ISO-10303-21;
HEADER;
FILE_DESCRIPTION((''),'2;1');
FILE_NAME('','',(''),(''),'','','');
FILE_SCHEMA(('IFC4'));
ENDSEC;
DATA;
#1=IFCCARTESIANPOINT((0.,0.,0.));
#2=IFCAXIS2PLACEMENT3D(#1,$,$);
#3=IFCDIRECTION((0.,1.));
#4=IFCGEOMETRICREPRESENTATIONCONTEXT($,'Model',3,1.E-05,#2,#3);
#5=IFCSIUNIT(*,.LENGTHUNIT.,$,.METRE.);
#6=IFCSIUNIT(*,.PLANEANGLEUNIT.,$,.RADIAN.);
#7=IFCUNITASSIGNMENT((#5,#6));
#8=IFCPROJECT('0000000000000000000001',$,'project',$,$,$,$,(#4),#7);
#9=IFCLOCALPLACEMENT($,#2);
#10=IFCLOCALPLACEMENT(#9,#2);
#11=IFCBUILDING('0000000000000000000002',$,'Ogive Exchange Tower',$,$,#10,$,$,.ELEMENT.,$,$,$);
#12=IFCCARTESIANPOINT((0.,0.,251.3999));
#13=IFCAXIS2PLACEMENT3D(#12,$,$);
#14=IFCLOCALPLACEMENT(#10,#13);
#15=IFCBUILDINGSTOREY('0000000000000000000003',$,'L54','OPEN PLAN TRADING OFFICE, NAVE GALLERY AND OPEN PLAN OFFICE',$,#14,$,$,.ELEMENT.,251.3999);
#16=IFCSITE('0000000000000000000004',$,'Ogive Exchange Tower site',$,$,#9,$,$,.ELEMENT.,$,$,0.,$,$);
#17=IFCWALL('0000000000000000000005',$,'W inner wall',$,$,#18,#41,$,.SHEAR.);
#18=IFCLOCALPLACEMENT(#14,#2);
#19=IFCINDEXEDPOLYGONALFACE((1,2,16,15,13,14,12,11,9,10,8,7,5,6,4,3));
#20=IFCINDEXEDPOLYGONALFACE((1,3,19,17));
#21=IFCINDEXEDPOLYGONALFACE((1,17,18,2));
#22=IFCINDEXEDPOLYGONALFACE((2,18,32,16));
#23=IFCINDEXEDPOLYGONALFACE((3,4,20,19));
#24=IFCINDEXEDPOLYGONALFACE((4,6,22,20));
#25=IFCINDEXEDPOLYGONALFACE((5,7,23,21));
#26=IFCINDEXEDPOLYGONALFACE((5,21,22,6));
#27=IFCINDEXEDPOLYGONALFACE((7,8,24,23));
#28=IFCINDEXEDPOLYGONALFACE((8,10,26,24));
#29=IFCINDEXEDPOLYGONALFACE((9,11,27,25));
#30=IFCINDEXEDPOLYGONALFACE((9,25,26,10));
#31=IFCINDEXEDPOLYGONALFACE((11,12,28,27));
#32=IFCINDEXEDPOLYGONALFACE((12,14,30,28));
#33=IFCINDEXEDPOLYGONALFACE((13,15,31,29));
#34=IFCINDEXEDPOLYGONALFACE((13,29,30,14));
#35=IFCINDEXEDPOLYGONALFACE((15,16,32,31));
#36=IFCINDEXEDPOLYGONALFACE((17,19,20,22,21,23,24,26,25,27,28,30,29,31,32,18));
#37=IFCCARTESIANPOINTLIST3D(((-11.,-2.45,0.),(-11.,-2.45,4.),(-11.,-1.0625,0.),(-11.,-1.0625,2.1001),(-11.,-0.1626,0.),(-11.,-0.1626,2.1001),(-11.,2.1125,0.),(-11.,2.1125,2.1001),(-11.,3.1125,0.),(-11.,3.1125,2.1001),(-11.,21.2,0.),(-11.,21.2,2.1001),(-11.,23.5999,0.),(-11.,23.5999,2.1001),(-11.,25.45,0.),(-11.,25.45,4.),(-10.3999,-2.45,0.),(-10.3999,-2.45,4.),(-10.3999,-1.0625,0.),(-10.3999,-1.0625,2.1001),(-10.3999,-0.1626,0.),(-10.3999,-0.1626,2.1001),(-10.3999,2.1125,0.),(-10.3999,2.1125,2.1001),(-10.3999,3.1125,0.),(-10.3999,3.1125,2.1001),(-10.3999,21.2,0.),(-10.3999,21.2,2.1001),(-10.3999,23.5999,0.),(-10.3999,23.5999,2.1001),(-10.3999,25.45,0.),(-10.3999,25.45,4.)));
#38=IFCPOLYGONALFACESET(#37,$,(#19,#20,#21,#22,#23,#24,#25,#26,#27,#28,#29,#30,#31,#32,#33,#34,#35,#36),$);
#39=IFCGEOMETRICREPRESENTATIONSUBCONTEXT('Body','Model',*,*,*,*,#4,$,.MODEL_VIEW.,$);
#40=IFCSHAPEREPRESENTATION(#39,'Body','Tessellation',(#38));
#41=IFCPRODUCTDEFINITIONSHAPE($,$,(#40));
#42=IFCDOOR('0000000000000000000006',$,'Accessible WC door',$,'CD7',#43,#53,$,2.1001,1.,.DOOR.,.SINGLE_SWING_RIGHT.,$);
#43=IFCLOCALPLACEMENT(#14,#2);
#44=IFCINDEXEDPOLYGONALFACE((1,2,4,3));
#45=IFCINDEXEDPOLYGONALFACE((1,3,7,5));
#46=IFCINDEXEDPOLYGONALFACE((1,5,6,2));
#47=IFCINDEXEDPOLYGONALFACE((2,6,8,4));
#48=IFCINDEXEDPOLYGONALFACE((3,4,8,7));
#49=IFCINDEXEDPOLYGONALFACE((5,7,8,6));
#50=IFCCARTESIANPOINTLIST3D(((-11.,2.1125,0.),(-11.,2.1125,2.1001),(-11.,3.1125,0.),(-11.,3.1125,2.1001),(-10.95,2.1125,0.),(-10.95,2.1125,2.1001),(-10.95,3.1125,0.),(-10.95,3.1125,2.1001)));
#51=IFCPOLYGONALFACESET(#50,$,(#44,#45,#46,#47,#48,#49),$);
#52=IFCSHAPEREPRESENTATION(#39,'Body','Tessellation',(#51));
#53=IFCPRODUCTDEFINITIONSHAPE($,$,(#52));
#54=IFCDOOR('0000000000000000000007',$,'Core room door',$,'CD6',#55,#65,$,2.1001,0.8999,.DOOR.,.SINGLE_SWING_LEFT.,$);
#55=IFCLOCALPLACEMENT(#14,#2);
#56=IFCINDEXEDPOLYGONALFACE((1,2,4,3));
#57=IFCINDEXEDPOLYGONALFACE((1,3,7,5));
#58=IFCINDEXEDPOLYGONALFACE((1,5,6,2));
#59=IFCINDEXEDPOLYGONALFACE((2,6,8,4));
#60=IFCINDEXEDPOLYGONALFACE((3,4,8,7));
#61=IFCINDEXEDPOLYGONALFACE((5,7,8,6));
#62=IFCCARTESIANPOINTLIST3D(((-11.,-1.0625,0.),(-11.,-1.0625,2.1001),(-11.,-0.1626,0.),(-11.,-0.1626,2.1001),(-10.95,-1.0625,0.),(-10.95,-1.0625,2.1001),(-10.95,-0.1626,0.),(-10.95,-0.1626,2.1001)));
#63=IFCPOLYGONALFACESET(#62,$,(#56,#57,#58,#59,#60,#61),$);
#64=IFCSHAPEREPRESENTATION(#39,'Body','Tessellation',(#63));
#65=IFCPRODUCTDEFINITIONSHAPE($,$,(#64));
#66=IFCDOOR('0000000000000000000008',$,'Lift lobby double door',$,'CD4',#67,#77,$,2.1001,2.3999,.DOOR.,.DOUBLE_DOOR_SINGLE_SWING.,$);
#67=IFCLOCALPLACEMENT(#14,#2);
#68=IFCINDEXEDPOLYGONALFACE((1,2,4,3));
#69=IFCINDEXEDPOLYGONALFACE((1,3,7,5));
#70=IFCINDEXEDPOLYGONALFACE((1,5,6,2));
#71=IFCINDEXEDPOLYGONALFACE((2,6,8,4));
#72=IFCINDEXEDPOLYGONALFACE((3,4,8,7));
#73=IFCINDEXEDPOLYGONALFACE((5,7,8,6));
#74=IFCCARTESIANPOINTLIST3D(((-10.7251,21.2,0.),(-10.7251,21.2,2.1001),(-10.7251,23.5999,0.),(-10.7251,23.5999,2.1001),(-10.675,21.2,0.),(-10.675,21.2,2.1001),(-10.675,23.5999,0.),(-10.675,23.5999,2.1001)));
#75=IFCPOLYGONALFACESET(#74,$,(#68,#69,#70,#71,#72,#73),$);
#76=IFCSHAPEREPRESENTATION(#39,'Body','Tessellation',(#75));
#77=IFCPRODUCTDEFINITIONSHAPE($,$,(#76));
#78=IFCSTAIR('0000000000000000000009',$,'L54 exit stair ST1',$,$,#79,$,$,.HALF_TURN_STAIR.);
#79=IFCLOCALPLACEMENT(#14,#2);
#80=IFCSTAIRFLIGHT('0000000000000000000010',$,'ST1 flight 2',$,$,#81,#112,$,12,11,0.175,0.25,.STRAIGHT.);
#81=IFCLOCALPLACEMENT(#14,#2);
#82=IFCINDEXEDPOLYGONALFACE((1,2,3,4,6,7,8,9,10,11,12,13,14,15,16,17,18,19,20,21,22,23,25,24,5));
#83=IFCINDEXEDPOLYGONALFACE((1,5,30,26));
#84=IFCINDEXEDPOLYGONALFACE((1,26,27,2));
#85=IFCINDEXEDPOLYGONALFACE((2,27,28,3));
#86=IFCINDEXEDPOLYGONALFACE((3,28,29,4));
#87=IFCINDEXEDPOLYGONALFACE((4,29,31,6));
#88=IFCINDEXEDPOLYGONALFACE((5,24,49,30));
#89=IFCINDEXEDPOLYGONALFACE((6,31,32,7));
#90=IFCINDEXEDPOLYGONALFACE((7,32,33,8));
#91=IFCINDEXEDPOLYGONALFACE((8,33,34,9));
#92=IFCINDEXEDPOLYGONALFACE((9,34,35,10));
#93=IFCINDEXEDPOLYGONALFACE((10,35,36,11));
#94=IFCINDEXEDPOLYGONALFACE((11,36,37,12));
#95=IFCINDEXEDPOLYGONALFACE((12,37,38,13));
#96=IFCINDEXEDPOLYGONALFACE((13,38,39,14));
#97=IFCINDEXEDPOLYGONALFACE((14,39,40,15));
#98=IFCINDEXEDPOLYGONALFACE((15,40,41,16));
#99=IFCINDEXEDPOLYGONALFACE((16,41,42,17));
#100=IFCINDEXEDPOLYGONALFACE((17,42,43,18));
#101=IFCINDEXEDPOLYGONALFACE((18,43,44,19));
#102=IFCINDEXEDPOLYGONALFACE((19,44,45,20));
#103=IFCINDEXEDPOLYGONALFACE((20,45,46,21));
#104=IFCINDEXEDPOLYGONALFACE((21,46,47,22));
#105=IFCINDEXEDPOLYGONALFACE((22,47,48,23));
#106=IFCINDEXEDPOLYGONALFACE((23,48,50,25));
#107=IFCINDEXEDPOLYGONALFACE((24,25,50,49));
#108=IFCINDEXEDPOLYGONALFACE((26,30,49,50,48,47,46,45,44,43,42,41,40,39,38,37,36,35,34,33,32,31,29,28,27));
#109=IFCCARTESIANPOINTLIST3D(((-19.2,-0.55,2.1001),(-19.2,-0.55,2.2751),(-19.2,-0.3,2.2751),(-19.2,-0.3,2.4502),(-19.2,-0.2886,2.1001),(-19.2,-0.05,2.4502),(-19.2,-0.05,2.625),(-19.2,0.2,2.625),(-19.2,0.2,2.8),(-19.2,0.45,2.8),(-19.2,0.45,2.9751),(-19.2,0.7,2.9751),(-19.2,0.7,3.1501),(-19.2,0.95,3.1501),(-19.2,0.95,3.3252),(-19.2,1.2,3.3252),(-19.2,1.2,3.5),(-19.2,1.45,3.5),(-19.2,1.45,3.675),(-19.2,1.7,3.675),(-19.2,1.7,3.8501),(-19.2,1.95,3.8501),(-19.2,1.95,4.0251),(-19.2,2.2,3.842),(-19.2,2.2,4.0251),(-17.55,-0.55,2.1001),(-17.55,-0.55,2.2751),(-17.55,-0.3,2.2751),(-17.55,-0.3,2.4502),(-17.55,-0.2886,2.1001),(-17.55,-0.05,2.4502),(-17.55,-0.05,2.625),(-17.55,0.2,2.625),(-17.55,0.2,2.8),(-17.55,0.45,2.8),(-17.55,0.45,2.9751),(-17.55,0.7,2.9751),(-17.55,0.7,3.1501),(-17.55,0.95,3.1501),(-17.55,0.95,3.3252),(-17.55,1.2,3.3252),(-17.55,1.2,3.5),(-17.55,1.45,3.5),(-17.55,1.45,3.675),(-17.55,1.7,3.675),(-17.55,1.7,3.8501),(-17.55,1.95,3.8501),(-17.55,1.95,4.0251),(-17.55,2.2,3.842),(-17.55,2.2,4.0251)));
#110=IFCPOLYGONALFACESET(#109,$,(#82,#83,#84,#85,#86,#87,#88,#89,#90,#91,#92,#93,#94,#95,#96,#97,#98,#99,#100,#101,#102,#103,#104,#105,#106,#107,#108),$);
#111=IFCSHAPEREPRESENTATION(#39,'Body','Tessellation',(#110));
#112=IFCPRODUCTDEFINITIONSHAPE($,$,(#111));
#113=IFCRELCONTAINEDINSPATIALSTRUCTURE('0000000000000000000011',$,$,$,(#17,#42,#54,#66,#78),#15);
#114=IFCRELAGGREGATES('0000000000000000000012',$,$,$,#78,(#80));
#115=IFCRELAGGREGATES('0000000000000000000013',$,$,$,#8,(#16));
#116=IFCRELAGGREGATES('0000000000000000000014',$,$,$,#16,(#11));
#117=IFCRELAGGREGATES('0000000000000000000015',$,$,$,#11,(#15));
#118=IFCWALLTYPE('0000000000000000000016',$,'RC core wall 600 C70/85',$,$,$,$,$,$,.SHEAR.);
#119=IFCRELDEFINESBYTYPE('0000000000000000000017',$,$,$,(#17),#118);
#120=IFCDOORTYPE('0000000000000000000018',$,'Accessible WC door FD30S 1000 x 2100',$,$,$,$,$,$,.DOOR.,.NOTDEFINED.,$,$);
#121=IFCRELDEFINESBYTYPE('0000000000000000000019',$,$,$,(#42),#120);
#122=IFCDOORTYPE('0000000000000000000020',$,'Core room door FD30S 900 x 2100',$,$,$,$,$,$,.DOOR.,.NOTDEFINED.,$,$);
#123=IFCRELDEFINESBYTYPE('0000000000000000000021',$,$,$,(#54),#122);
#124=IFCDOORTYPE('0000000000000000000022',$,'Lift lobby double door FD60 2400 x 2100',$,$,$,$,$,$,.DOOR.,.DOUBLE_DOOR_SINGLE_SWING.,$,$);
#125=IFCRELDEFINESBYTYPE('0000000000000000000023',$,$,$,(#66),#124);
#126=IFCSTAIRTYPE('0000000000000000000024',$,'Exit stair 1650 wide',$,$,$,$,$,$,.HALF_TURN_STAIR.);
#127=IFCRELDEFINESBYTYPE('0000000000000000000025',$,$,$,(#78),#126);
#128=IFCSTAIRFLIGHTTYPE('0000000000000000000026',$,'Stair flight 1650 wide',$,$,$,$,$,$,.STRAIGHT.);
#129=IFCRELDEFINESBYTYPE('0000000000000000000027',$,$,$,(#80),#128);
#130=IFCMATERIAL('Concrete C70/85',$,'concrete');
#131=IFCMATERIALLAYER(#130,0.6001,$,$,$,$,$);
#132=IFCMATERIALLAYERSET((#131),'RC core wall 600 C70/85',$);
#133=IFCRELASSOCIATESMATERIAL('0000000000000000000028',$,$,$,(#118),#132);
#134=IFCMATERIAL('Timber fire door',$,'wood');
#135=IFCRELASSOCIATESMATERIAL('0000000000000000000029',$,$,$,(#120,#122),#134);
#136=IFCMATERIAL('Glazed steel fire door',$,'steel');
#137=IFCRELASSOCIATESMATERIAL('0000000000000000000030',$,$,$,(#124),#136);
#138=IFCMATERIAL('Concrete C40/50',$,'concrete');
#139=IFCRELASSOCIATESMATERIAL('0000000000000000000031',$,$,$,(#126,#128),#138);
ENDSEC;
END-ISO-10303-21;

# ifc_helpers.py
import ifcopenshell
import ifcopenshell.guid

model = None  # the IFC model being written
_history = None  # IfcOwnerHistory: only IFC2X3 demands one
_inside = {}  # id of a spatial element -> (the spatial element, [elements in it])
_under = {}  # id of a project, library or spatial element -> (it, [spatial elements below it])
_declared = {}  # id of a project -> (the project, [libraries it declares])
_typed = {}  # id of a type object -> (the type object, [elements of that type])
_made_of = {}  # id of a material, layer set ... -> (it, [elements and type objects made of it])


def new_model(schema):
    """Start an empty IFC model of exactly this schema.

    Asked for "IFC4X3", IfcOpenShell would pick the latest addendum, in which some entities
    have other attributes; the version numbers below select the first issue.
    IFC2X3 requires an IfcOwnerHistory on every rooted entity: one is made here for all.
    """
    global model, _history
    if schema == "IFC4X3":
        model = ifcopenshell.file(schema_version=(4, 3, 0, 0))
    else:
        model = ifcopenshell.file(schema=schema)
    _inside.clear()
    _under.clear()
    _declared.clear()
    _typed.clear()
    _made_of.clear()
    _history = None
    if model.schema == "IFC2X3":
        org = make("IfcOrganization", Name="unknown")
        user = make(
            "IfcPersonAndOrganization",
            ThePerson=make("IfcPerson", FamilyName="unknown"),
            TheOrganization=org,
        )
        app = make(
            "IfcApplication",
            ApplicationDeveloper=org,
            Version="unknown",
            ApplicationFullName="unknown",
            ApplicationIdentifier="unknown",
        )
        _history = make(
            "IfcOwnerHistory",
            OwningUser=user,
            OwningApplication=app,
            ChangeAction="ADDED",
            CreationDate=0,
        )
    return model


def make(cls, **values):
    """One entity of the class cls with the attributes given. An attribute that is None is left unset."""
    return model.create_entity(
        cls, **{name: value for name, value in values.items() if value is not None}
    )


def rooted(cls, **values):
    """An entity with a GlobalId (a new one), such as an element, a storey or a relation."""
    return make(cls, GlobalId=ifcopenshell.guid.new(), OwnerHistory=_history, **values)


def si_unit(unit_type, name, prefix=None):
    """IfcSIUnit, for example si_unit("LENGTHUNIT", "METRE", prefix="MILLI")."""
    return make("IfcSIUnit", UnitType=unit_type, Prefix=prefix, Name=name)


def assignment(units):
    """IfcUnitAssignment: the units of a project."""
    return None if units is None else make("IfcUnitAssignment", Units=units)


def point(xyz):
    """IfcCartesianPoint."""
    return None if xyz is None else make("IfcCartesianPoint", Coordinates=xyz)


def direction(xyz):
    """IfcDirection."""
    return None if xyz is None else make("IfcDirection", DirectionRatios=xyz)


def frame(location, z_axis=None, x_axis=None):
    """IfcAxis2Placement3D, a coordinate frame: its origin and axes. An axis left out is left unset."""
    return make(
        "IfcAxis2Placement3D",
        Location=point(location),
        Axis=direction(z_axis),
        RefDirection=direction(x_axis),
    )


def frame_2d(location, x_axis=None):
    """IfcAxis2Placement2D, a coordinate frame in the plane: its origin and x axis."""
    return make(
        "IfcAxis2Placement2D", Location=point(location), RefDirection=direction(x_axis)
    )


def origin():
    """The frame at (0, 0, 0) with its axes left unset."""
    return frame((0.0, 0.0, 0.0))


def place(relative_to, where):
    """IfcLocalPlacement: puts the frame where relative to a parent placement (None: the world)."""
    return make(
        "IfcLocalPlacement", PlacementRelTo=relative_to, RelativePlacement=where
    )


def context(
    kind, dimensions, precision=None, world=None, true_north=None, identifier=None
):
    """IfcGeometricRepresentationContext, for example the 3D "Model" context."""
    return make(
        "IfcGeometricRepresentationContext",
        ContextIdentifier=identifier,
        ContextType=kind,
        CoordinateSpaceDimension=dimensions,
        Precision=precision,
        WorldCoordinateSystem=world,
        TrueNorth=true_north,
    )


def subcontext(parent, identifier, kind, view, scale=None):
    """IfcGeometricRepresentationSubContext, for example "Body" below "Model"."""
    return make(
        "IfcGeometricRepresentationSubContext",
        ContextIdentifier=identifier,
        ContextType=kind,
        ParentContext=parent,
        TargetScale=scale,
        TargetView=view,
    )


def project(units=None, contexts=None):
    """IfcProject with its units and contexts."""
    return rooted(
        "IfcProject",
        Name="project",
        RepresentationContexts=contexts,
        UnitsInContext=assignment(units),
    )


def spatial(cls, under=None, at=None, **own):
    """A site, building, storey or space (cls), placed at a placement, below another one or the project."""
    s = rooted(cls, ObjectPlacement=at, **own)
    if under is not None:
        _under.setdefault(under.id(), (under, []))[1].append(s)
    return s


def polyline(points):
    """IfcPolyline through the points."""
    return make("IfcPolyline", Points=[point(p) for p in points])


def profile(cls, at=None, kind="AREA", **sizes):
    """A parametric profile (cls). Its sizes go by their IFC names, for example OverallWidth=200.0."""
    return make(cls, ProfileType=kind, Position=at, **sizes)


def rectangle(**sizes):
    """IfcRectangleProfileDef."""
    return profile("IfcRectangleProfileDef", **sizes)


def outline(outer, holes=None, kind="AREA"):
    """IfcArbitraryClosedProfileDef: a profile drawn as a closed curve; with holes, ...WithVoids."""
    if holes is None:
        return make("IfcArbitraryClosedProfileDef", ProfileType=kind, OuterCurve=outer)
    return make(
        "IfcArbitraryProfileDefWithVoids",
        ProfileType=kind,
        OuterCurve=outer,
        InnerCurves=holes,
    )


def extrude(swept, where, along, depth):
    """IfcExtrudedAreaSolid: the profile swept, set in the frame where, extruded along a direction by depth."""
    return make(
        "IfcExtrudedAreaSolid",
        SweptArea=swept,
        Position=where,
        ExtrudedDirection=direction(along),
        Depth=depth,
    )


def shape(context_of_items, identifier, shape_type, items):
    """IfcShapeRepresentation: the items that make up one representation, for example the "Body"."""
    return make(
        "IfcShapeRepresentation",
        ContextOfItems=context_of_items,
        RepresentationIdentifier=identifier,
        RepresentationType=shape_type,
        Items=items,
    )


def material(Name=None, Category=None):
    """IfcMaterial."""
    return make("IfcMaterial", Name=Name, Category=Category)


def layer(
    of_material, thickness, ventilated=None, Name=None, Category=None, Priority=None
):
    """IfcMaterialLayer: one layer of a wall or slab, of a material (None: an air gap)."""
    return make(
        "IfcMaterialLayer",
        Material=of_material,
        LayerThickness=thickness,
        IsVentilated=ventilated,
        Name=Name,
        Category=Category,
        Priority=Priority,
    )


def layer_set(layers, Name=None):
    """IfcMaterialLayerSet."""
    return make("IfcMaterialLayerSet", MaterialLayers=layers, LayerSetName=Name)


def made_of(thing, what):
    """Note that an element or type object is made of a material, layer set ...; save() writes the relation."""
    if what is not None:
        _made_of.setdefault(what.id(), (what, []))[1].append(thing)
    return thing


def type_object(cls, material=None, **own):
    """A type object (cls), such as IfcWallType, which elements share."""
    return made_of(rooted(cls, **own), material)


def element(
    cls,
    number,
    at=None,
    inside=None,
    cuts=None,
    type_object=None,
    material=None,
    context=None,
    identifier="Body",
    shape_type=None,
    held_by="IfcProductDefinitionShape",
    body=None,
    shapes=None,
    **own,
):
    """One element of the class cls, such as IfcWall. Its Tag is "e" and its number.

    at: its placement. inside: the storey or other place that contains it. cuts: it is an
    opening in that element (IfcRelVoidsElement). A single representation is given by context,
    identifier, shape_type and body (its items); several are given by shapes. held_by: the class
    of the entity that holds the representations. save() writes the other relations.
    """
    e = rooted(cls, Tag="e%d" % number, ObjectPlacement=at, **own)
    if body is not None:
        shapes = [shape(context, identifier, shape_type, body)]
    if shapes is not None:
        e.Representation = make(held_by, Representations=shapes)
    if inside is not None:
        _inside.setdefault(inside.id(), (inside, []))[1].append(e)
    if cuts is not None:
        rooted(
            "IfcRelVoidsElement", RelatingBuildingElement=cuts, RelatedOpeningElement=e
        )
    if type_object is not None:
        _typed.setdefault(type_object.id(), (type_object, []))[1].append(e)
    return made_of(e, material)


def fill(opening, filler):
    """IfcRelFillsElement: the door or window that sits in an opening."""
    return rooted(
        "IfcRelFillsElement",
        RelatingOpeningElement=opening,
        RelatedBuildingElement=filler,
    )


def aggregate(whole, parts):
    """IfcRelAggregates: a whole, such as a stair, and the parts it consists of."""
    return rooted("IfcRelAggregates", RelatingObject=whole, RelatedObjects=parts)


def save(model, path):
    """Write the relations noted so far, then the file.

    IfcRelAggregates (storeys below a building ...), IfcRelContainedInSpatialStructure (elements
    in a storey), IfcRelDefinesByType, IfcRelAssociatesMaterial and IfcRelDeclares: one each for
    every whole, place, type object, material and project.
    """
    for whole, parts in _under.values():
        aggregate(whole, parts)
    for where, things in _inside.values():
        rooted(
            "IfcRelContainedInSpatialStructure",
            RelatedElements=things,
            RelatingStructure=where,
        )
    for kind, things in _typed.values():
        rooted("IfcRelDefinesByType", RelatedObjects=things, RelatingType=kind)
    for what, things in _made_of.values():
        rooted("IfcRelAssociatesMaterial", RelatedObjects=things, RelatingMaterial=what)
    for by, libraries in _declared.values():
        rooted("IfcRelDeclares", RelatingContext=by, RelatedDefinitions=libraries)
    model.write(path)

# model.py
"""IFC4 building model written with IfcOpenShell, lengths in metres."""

from ifc_helpers import new_model, si_unit, direction, frame, frame_2d, origin, place, context, subcontext, project, spatial, polyline, rectangle, outline, extrude, material, layer, layer_set, type_object, element, fill, aggregate, save


model = new_model("IFC4")

# Units and contexts
model_context = context("Model", 3, precision=1e-05, world=origin(), true_north=direction((0.0, 1.0)))
body_context = subcontext(model_context, "Body", "Model", "MODEL_VIEW")
ifc_project = project(units=[si_unit("LENGTHUNIT", "METRE"), si_unit("PLANEANGLEUNIT", "RADIAN")], contexts=[model_context])

# Site, building, storey
site_placement = place(None, origin())
site = spatial("IfcSite", under=ifc_project, at=site_placement, Name="Ogive Exchange Tower site", CompositionType="ELEMENT", RefElevation=0.0)
building_placement = place(site_placement, origin())
building = spatial("IfcBuilding", under=site, at=building_placement, Name="Ogive Exchange Tower", CompositionType="ELEMENT")
storey_placement = place(building_placement, frame((0.0, 0.0, 251.3999)))
storey = spatial("IfcBuildingStorey", under=building, at=storey_placement, Name="L54", Description="OPEN PLAN TRADING OFFICE, NAVE GALLERY AND OPEN PLAN OFFICE", CompositionType="ELEMENT", Elevation=251.3999)

# Shared definitions
ifc_material_1 = material(Name="Concrete C70/85", Category="concrete")

# Wall, openings, doors
ifc_layer_1 = layer(ifc_material_1, 0.6001)
ifc_layer_set_1 = layer_set([ifc_layer_1], Name="RC core wall 600 C70/85")
wall_type_1 = type_object("IfcWallType", Name="RC core wall 600 C70/85", PredefinedType="SHEAR", material=ifc_layer_set_1)
wall_1_placement = place(storey_placement, frame((-10.7, -2.45, 0.0), z_axis=(0.0, 0.0, 1.0), x_axis=(0.0, 1.0, 0.0)))
wall_1 = element("IfcWall", 1, at=wall_1_placement, inside=storey, type_object=wall_type_1, Name="W inner wall", PredefinedType="SHEAR", context=body_context, shape_type="SweptSolid", body=[
    extrude(rectangle(XDim=27.8999, YDim=0.6001, at=frame_2d((13.95, 0.0))), origin(), (0.0, 0.0, 1.0), 4.0),
])
opening_1_placement = place(wall_1_placement, frame((23.6499, 0.0, 0.0)))
opening_1 = element("IfcOpeningElement", 2, at=opening_1_placement, cuts=wall_1, PredefinedType="OPENING", context=body_context, shape_type="SweptSolid", body=[
    extrude(rectangle(XDim=2.3999, YDim=2.1001, at=frame_2d((1.2, 1.05))), frame((0.0, 0.3101, 0.0), z_axis=(0.0, -1.0, 0.0), x_axis=(1.0, 0.0, 0.0)), (0.0, 0.0, 1.0), 0.6201),
])
opening_2_placement = place(wall_1_placement, frame((1.3875, 0.0, 0.0)))
opening_2 = element("IfcOpeningElement", 3, at=opening_2_placement, cuts=wall_1, PredefinedType="OPENING", context=body_context, shape_type="SweptSolid", body=[
    extrude(rectangle(XDim=0.8999, YDim=2.1001, at=frame_2d((0.45, 1.05))), frame((0.0, 0.3101, 0.0), z_axis=(0.0, -1.0, 0.0), x_axis=(1.0, 0.0, 0.0)), (0.0, 0.0, 1.0), 0.6201),
])
opening_3_placement = place(wall_1_placement, frame((4.5625, 0.0, 0.0)))
opening_3 = element("IfcOpeningElement", 4, at=opening_3_placement, cuts=wall_1, PredefinedType="OPENING", context=body_context, shape_type="SweptSolid", body=[
    extrude(rectangle(XDim=1.0, YDim=2.1001, at=frame_2d((0.5, 1.05))), frame((0.0, 0.3101, 0.0), z_axis=(0.0, -1.0, 0.0), x_axis=(1.0, 0.0, 0.0)), (0.0, 0.0, 1.0), 0.6201),
])
ifc_material_2 = material(Name="Timber fire door", Category="wood")
door_type_1 = type_object("IfcDoorType", Name="Accessible WC door FD30S 1000 x 2100", OperationType="NOTDEFINED", PredefinedType="DOOR", material=ifc_material_2)
door_1_placement = place(opening_3_placement, frame((1.0, 0.5498, 0.0), z_axis=(0.0, 0.0, 1.0), x_axis=(-1.0, 0.0, 0.0)))
door_1 = element("IfcDoor", 5, at=door_1_placement, inside=storey, type_object=door_type_1, Name="Accessible WC door", ObjectType="CD7", OperationType="SINGLE_SWING_RIGHT", OverallHeight=2.1001, OverallWidth=1.0, PredefinedType="DOOR", context=body_context, shape_type="SweptSolid", body=[
    extrude(rectangle(XDim=1.0, YDim=2.1001, at=frame_2d((0.5, 1.05))), frame((0.0, 0.2998, 0.0), z_axis=(0.0, -1.0, 0.0), x_axis=(1.0, 0.0, 0.0)), (0.0, 0.0, 1.0), 0.05),
])
fill(opening_3, door_1)
door_type_2 = type_object("IfcDoorType", Name="Core room door FD30S 900 x 2100", OperationType="NOTDEFINED", PredefinedType="DOOR", material=ifc_material_2)
door_2_placement = place(opening_2_placement, frame((0.8999, 0.5498, 0.0), z_axis=(0.0, 0.0, 1.0), x_axis=(-1.0, 0.0, 0.0)))
door_2 = element("IfcDoor", 6, at=door_2_placement, inside=storey, type_object=door_type_2, Name="Core room door", ObjectType="CD6", OperationType="SINGLE_SWING_LEFT", OverallHeight=2.1001, OverallWidth=0.8999, PredefinedType="DOOR", context=body_context, shape_type="SweptSolid", body=[
    extrude(rectangle(XDim=0.8999, YDim=2.1001, at=frame_2d((0.45, 1.05))), frame((0.0, 0.2998, 0.0), z_axis=(0.0, -1.0, 0.0), x_axis=(1.0, 0.0, 0.0)), (0.0, 0.0, 1.0), 0.05),
])
fill(opening_2, door_2)
ifc_material_3 = material(Name="Glazed steel fire door", Category="steel")
door_type_3 = type_object("IfcDoorType", Name="Lift lobby double door FD60 2400 x 2100", OperationType="DOUBLE_DOOR_SINGLE_SWING", PredefinedType="DOOR", material=ifc_material_3)
door_3_placement = place(opening_1_placement, frame((2.3999, 0.0, 0.0), z_axis=(0.0, 0.0, 1.0), x_axis=(-1.0, 0.0, 0.0)))
door_3 = element("IfcDoor", 7, at=door_3_placement, inside=storey, type_object=door_type_3, Name="Lift lobby double door", ObjectType="CD4", OperationType="DOUBLE_DOOR_SINGLE_SWING", OverallHeight=2.1001, OverallWidth=2.3999, PredefinedType="DOOR", context=body_context, shape_type="SweptSolid", body=[
    extrude(rectangle(XDim=2.3999, YDim=2.1001, at=frame_2d((1.2, 1.05))), frame((0.0, 0.0249, 0.0), z_axis=(0.0, -1.0, 0.0), x_axis=(1.0, 0.0, 0.0)), (0.0, 0.0, 1.0), 0.05),
])
fill(opening_1, door_3)

# Stair, stair flight
ifc_material_4 = material(Name="Concrete C40/50", Category="concrete")
stair_type = type_object("IfcStairType", Name="Exit stair 1650 wide", PredefinedType="HALF_TURN_STAIR", material=ifc_material_4)
stair_placement = place(storey_placement, origin())
stair = element("IfcStair", 8, at=stair_placement, inside=storey, type_object=stair_type, Name="L54 exit stair ST1", PredefinedType="HALF_TURN_STAIR")
stair_flight_type = type_object("IfcStairFlightType", Name="Stair flight 1650 wide", PredefinedType="STRAIGHT", material=ifc_material_4)
stair_flight_placement = place(storey_placement, frame((-18.375, -0.55, 2.1001), z_axis=(0.0, 0.0, 1.0), x_axis=(0.0, 1.0, 0.0)))
stair_flight = element("IfcStairFlight", 9, at=stair_flight_placement, type_object=stair_flight_type, Name="ST1 flight 2", NumberOfRisers=12, NumberOfTreads=11, PredefinedType="STRAIGHT", RiserHeight=0.175, TreadLength=0.25, context=body_context, shape_type="SweptSolid", body=[
    extrude(outline(polyline([(0.0, 0.0), (0.0, 0.175), (0.25, 0.175), (0.25, 0.3501), (0.5, 0.3501), (0.5, 0.5249), (0.75, 0.5249), (0.75, 0.7), (1.0, 0.7), (1.0, 0.875), (1.25, 0.875), (1.25, 1.05), (1.5, 1.05), (1.5, 1.2251), (1.75, 1.2251), (1.75, 1.3999), (2.0, 1.3999), (2.0, 1.575), (2.25, 1.575), (2.25, 1.75), (2.5, 1.75), (2.5, 1.925), (2.75, 1.925), (2.75, 2.1001), (2.75, 1.7419), (0.2615, 0.0), (0.0, 0.0)])), frame((0.0, 0.825, 0.0), z_axis=(0.0, -1.0, 0.0), x_axis=(1.0, 0.0, 0.0)), (0.0, 0.0, 1.0), 1.6499),
])
aggregate(stair, [stair_flight])

save(model, "model.ifc")
